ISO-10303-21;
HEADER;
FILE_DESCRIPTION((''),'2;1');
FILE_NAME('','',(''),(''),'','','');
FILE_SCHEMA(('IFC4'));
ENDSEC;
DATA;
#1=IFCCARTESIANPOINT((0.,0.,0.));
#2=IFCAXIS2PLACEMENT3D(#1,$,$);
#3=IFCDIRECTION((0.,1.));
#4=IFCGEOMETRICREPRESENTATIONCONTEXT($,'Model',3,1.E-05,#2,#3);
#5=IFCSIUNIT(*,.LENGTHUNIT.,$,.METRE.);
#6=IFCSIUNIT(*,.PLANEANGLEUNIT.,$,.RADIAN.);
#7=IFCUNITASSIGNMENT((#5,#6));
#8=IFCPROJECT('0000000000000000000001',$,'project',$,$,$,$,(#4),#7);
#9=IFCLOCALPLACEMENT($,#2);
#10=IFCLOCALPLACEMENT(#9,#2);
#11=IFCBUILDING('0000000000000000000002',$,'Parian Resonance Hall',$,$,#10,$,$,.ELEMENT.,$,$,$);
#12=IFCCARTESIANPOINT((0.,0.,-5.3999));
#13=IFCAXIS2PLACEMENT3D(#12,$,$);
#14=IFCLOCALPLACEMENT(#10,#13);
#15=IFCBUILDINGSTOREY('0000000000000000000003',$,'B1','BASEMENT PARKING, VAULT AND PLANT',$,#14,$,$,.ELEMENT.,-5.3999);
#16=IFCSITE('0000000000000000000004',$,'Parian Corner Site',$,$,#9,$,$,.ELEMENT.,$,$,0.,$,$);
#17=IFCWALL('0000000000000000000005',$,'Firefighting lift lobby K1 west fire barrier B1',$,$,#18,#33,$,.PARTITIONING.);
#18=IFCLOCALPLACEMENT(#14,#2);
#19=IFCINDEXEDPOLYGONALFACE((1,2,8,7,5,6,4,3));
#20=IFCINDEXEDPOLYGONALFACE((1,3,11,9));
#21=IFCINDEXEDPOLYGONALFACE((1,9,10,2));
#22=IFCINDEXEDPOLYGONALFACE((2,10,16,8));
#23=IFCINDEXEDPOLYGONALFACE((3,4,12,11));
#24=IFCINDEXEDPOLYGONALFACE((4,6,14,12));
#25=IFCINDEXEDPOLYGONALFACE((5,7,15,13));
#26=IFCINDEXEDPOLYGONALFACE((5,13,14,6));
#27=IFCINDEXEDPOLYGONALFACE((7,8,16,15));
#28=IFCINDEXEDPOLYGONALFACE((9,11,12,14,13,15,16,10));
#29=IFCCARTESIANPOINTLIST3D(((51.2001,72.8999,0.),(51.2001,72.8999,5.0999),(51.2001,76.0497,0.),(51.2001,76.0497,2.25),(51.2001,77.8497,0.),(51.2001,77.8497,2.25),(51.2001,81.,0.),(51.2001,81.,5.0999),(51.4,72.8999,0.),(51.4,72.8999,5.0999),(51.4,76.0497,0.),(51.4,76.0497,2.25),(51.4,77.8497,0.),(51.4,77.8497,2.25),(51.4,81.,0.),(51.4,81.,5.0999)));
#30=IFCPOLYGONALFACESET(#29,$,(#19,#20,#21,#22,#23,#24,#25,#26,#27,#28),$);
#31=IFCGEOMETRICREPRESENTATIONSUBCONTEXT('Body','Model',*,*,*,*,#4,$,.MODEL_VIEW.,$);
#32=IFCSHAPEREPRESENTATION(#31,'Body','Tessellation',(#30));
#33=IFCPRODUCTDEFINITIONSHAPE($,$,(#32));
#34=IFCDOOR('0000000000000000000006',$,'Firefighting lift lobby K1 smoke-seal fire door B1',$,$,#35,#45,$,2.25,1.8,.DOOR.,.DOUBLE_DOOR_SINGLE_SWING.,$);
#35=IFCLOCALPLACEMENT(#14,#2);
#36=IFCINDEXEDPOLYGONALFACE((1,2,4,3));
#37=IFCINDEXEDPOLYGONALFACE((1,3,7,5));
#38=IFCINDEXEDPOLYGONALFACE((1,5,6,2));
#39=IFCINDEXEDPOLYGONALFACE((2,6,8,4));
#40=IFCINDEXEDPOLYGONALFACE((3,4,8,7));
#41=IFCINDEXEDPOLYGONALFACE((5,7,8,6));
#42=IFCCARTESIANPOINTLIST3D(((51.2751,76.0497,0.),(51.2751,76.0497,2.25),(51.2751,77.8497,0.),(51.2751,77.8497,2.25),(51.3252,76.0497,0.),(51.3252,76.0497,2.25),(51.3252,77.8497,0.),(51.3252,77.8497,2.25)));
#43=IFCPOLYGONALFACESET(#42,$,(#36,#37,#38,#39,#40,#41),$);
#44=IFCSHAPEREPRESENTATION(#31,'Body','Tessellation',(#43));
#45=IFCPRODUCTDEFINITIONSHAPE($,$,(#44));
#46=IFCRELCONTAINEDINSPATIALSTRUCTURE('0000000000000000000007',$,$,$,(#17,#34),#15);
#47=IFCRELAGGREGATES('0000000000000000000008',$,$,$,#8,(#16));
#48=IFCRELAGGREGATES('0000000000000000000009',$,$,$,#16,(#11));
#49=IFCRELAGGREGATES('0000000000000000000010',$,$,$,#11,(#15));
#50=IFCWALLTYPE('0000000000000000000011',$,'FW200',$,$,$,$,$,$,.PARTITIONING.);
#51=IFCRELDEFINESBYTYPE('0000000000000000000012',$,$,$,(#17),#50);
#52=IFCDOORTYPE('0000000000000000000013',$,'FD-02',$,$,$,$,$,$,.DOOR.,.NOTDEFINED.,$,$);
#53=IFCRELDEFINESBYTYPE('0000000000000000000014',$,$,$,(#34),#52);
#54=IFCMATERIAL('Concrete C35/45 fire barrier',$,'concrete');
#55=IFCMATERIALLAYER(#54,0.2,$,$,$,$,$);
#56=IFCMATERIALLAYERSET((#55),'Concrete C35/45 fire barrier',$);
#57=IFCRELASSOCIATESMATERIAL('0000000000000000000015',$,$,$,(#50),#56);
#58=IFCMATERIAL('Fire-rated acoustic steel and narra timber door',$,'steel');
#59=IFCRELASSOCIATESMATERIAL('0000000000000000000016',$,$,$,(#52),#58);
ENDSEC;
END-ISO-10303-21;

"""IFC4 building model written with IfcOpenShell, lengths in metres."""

from ifc_helpers import new_model, si_unit, direction, frame, frame_2d, origin, place, context, subcontext, project, spatial, rectangle, extrude, material, layer, layer_set, type_object, element, fill, save


model = new_model("IFC4")

# Units and contexts
model_context = context("Model", 3, precision=1e-05, world=origin(), true_north=direction((0.0, 1.0)))
body_context = subcontext(model_context, "Body", "Model", "MODEL_VIEW")
ifc_project = project(units=[si_unit("LENGTHUNIT", "METRE"), si_unit("PLANEANGLEUNIT", "RADIAN")], contexts=[model_context])

# Site, building, storey
site_placement = place(None, origin())
site = spatial("IfcSite", under=ifc_project, at=site_placement, Name="Parian Corner Site", CompositionType="ELEMENT", RefElevation=0.0)
building_placement = place(site_placement, origin())
building = spatial("IfcBuilding", under=site, at=building_placement, Name="Parian Resonance Hall", CompositionType="ELEMENT")
storey_placement = place(building_placement, frame((0.0, 0.0, -5.3999)))
storey = spatial("IfcBuildingStorey", under=building, at=storey_placement, Name="B1", Description="BASEMENT PARKING, VAULT AND PLANT", CompositionType="ELEMENT", Elevation=-5.3999)

# Wall, opening, door
ifc_material_1 = material(Name="Concrete C35/45 fire barrier", Category="concrete")
ifc_layer_1 = layer(ifc_material_1, 0.2)
ifc_layer_set_1 = layer_set([ifc_layer_1], Name="Concrete C35/45 fire barrier")
wall_type_1 = type_object("IfcWallType", Name="FW200", PredefinedType="PARTITIONING", material=ifc_layer_set_1)
wall_1_placement = place(storey_placement, frame((51.3, 72.8999, 0.0), z_axis=(0.0, 0.0, 1.0), x_axis=(0.0, 1.0, 0.0)))
wall_1 = element("IfcWall", 1, at=wall_1_placement, inside=storey, type_object=wall_type_1, Name="Firefighting lift lobby K1 west fire barrier B1", PredefinedType="PARTITIONING", context=body_context, shape_type="SweptSolid", body=[
    extrude(rectangle(XDim=8.1001, YDim=0.2, at=frame_2d((4.05, 0.0))), origin(), (0.0, 0.0, 1.0), 5.0999),
])
opening_placement = place(wall_1_placement, frame((3.1499, 0.0, 0.0)))
opening = element("IfcOpeningElement", 2, at=opening_placement, cuts=wall_1, PredefinedType="OPENING", context=body_context, shape_type="SweptSolid", body=[
    extrude(rectangle(XDim=1.8, YDim=2.25, at=frame_2d((0.8999, 1.125))), frame((0.0, 0.1099, 0.0), z_axis=(0.0, -1.0, 0.0), x_axis=(1.0, 0.0, 0.0)), (0.0, 0.0, 1.0), 0.22),
])
ifc_material_2 = material(Name="Fire-rated acoustic steel and narra timber door", Category="steel")
door_type = type_object("IfcDoorType", Name="FD-02", OperationType="NOTDEFINED", PredefinedType="DOOR", material=ifc_material_2)
door_placement = place(opening_placement, origin())
door = element("IfcDoor", 3, at=door_placement, inside=storey, type_object=door_type, Name="Firefighting lift lobby K1 smoke-seal fire door B1", OperationType="DOUBLE_DOOR_SINGLE_SWING", OverallHeight=2.25, OverallWidth=1.8, PredefinedType="DOOR", context=body_context, shape_type="SweptSolid", body=[
    extrude(rectangle(XDim=1.8, YDim=2.25, at=frame_2d((0.8999, 1.125))), frame((0.0, 0.0249, 0.0), z_axis=(0.0, -1.0, 0.0), x_axis=(1.0, 0.0, 0.0)), (0.0, 0.0, 1.0), 0.05),
])
fill(opening, door)

save(model, "model.ifc")
